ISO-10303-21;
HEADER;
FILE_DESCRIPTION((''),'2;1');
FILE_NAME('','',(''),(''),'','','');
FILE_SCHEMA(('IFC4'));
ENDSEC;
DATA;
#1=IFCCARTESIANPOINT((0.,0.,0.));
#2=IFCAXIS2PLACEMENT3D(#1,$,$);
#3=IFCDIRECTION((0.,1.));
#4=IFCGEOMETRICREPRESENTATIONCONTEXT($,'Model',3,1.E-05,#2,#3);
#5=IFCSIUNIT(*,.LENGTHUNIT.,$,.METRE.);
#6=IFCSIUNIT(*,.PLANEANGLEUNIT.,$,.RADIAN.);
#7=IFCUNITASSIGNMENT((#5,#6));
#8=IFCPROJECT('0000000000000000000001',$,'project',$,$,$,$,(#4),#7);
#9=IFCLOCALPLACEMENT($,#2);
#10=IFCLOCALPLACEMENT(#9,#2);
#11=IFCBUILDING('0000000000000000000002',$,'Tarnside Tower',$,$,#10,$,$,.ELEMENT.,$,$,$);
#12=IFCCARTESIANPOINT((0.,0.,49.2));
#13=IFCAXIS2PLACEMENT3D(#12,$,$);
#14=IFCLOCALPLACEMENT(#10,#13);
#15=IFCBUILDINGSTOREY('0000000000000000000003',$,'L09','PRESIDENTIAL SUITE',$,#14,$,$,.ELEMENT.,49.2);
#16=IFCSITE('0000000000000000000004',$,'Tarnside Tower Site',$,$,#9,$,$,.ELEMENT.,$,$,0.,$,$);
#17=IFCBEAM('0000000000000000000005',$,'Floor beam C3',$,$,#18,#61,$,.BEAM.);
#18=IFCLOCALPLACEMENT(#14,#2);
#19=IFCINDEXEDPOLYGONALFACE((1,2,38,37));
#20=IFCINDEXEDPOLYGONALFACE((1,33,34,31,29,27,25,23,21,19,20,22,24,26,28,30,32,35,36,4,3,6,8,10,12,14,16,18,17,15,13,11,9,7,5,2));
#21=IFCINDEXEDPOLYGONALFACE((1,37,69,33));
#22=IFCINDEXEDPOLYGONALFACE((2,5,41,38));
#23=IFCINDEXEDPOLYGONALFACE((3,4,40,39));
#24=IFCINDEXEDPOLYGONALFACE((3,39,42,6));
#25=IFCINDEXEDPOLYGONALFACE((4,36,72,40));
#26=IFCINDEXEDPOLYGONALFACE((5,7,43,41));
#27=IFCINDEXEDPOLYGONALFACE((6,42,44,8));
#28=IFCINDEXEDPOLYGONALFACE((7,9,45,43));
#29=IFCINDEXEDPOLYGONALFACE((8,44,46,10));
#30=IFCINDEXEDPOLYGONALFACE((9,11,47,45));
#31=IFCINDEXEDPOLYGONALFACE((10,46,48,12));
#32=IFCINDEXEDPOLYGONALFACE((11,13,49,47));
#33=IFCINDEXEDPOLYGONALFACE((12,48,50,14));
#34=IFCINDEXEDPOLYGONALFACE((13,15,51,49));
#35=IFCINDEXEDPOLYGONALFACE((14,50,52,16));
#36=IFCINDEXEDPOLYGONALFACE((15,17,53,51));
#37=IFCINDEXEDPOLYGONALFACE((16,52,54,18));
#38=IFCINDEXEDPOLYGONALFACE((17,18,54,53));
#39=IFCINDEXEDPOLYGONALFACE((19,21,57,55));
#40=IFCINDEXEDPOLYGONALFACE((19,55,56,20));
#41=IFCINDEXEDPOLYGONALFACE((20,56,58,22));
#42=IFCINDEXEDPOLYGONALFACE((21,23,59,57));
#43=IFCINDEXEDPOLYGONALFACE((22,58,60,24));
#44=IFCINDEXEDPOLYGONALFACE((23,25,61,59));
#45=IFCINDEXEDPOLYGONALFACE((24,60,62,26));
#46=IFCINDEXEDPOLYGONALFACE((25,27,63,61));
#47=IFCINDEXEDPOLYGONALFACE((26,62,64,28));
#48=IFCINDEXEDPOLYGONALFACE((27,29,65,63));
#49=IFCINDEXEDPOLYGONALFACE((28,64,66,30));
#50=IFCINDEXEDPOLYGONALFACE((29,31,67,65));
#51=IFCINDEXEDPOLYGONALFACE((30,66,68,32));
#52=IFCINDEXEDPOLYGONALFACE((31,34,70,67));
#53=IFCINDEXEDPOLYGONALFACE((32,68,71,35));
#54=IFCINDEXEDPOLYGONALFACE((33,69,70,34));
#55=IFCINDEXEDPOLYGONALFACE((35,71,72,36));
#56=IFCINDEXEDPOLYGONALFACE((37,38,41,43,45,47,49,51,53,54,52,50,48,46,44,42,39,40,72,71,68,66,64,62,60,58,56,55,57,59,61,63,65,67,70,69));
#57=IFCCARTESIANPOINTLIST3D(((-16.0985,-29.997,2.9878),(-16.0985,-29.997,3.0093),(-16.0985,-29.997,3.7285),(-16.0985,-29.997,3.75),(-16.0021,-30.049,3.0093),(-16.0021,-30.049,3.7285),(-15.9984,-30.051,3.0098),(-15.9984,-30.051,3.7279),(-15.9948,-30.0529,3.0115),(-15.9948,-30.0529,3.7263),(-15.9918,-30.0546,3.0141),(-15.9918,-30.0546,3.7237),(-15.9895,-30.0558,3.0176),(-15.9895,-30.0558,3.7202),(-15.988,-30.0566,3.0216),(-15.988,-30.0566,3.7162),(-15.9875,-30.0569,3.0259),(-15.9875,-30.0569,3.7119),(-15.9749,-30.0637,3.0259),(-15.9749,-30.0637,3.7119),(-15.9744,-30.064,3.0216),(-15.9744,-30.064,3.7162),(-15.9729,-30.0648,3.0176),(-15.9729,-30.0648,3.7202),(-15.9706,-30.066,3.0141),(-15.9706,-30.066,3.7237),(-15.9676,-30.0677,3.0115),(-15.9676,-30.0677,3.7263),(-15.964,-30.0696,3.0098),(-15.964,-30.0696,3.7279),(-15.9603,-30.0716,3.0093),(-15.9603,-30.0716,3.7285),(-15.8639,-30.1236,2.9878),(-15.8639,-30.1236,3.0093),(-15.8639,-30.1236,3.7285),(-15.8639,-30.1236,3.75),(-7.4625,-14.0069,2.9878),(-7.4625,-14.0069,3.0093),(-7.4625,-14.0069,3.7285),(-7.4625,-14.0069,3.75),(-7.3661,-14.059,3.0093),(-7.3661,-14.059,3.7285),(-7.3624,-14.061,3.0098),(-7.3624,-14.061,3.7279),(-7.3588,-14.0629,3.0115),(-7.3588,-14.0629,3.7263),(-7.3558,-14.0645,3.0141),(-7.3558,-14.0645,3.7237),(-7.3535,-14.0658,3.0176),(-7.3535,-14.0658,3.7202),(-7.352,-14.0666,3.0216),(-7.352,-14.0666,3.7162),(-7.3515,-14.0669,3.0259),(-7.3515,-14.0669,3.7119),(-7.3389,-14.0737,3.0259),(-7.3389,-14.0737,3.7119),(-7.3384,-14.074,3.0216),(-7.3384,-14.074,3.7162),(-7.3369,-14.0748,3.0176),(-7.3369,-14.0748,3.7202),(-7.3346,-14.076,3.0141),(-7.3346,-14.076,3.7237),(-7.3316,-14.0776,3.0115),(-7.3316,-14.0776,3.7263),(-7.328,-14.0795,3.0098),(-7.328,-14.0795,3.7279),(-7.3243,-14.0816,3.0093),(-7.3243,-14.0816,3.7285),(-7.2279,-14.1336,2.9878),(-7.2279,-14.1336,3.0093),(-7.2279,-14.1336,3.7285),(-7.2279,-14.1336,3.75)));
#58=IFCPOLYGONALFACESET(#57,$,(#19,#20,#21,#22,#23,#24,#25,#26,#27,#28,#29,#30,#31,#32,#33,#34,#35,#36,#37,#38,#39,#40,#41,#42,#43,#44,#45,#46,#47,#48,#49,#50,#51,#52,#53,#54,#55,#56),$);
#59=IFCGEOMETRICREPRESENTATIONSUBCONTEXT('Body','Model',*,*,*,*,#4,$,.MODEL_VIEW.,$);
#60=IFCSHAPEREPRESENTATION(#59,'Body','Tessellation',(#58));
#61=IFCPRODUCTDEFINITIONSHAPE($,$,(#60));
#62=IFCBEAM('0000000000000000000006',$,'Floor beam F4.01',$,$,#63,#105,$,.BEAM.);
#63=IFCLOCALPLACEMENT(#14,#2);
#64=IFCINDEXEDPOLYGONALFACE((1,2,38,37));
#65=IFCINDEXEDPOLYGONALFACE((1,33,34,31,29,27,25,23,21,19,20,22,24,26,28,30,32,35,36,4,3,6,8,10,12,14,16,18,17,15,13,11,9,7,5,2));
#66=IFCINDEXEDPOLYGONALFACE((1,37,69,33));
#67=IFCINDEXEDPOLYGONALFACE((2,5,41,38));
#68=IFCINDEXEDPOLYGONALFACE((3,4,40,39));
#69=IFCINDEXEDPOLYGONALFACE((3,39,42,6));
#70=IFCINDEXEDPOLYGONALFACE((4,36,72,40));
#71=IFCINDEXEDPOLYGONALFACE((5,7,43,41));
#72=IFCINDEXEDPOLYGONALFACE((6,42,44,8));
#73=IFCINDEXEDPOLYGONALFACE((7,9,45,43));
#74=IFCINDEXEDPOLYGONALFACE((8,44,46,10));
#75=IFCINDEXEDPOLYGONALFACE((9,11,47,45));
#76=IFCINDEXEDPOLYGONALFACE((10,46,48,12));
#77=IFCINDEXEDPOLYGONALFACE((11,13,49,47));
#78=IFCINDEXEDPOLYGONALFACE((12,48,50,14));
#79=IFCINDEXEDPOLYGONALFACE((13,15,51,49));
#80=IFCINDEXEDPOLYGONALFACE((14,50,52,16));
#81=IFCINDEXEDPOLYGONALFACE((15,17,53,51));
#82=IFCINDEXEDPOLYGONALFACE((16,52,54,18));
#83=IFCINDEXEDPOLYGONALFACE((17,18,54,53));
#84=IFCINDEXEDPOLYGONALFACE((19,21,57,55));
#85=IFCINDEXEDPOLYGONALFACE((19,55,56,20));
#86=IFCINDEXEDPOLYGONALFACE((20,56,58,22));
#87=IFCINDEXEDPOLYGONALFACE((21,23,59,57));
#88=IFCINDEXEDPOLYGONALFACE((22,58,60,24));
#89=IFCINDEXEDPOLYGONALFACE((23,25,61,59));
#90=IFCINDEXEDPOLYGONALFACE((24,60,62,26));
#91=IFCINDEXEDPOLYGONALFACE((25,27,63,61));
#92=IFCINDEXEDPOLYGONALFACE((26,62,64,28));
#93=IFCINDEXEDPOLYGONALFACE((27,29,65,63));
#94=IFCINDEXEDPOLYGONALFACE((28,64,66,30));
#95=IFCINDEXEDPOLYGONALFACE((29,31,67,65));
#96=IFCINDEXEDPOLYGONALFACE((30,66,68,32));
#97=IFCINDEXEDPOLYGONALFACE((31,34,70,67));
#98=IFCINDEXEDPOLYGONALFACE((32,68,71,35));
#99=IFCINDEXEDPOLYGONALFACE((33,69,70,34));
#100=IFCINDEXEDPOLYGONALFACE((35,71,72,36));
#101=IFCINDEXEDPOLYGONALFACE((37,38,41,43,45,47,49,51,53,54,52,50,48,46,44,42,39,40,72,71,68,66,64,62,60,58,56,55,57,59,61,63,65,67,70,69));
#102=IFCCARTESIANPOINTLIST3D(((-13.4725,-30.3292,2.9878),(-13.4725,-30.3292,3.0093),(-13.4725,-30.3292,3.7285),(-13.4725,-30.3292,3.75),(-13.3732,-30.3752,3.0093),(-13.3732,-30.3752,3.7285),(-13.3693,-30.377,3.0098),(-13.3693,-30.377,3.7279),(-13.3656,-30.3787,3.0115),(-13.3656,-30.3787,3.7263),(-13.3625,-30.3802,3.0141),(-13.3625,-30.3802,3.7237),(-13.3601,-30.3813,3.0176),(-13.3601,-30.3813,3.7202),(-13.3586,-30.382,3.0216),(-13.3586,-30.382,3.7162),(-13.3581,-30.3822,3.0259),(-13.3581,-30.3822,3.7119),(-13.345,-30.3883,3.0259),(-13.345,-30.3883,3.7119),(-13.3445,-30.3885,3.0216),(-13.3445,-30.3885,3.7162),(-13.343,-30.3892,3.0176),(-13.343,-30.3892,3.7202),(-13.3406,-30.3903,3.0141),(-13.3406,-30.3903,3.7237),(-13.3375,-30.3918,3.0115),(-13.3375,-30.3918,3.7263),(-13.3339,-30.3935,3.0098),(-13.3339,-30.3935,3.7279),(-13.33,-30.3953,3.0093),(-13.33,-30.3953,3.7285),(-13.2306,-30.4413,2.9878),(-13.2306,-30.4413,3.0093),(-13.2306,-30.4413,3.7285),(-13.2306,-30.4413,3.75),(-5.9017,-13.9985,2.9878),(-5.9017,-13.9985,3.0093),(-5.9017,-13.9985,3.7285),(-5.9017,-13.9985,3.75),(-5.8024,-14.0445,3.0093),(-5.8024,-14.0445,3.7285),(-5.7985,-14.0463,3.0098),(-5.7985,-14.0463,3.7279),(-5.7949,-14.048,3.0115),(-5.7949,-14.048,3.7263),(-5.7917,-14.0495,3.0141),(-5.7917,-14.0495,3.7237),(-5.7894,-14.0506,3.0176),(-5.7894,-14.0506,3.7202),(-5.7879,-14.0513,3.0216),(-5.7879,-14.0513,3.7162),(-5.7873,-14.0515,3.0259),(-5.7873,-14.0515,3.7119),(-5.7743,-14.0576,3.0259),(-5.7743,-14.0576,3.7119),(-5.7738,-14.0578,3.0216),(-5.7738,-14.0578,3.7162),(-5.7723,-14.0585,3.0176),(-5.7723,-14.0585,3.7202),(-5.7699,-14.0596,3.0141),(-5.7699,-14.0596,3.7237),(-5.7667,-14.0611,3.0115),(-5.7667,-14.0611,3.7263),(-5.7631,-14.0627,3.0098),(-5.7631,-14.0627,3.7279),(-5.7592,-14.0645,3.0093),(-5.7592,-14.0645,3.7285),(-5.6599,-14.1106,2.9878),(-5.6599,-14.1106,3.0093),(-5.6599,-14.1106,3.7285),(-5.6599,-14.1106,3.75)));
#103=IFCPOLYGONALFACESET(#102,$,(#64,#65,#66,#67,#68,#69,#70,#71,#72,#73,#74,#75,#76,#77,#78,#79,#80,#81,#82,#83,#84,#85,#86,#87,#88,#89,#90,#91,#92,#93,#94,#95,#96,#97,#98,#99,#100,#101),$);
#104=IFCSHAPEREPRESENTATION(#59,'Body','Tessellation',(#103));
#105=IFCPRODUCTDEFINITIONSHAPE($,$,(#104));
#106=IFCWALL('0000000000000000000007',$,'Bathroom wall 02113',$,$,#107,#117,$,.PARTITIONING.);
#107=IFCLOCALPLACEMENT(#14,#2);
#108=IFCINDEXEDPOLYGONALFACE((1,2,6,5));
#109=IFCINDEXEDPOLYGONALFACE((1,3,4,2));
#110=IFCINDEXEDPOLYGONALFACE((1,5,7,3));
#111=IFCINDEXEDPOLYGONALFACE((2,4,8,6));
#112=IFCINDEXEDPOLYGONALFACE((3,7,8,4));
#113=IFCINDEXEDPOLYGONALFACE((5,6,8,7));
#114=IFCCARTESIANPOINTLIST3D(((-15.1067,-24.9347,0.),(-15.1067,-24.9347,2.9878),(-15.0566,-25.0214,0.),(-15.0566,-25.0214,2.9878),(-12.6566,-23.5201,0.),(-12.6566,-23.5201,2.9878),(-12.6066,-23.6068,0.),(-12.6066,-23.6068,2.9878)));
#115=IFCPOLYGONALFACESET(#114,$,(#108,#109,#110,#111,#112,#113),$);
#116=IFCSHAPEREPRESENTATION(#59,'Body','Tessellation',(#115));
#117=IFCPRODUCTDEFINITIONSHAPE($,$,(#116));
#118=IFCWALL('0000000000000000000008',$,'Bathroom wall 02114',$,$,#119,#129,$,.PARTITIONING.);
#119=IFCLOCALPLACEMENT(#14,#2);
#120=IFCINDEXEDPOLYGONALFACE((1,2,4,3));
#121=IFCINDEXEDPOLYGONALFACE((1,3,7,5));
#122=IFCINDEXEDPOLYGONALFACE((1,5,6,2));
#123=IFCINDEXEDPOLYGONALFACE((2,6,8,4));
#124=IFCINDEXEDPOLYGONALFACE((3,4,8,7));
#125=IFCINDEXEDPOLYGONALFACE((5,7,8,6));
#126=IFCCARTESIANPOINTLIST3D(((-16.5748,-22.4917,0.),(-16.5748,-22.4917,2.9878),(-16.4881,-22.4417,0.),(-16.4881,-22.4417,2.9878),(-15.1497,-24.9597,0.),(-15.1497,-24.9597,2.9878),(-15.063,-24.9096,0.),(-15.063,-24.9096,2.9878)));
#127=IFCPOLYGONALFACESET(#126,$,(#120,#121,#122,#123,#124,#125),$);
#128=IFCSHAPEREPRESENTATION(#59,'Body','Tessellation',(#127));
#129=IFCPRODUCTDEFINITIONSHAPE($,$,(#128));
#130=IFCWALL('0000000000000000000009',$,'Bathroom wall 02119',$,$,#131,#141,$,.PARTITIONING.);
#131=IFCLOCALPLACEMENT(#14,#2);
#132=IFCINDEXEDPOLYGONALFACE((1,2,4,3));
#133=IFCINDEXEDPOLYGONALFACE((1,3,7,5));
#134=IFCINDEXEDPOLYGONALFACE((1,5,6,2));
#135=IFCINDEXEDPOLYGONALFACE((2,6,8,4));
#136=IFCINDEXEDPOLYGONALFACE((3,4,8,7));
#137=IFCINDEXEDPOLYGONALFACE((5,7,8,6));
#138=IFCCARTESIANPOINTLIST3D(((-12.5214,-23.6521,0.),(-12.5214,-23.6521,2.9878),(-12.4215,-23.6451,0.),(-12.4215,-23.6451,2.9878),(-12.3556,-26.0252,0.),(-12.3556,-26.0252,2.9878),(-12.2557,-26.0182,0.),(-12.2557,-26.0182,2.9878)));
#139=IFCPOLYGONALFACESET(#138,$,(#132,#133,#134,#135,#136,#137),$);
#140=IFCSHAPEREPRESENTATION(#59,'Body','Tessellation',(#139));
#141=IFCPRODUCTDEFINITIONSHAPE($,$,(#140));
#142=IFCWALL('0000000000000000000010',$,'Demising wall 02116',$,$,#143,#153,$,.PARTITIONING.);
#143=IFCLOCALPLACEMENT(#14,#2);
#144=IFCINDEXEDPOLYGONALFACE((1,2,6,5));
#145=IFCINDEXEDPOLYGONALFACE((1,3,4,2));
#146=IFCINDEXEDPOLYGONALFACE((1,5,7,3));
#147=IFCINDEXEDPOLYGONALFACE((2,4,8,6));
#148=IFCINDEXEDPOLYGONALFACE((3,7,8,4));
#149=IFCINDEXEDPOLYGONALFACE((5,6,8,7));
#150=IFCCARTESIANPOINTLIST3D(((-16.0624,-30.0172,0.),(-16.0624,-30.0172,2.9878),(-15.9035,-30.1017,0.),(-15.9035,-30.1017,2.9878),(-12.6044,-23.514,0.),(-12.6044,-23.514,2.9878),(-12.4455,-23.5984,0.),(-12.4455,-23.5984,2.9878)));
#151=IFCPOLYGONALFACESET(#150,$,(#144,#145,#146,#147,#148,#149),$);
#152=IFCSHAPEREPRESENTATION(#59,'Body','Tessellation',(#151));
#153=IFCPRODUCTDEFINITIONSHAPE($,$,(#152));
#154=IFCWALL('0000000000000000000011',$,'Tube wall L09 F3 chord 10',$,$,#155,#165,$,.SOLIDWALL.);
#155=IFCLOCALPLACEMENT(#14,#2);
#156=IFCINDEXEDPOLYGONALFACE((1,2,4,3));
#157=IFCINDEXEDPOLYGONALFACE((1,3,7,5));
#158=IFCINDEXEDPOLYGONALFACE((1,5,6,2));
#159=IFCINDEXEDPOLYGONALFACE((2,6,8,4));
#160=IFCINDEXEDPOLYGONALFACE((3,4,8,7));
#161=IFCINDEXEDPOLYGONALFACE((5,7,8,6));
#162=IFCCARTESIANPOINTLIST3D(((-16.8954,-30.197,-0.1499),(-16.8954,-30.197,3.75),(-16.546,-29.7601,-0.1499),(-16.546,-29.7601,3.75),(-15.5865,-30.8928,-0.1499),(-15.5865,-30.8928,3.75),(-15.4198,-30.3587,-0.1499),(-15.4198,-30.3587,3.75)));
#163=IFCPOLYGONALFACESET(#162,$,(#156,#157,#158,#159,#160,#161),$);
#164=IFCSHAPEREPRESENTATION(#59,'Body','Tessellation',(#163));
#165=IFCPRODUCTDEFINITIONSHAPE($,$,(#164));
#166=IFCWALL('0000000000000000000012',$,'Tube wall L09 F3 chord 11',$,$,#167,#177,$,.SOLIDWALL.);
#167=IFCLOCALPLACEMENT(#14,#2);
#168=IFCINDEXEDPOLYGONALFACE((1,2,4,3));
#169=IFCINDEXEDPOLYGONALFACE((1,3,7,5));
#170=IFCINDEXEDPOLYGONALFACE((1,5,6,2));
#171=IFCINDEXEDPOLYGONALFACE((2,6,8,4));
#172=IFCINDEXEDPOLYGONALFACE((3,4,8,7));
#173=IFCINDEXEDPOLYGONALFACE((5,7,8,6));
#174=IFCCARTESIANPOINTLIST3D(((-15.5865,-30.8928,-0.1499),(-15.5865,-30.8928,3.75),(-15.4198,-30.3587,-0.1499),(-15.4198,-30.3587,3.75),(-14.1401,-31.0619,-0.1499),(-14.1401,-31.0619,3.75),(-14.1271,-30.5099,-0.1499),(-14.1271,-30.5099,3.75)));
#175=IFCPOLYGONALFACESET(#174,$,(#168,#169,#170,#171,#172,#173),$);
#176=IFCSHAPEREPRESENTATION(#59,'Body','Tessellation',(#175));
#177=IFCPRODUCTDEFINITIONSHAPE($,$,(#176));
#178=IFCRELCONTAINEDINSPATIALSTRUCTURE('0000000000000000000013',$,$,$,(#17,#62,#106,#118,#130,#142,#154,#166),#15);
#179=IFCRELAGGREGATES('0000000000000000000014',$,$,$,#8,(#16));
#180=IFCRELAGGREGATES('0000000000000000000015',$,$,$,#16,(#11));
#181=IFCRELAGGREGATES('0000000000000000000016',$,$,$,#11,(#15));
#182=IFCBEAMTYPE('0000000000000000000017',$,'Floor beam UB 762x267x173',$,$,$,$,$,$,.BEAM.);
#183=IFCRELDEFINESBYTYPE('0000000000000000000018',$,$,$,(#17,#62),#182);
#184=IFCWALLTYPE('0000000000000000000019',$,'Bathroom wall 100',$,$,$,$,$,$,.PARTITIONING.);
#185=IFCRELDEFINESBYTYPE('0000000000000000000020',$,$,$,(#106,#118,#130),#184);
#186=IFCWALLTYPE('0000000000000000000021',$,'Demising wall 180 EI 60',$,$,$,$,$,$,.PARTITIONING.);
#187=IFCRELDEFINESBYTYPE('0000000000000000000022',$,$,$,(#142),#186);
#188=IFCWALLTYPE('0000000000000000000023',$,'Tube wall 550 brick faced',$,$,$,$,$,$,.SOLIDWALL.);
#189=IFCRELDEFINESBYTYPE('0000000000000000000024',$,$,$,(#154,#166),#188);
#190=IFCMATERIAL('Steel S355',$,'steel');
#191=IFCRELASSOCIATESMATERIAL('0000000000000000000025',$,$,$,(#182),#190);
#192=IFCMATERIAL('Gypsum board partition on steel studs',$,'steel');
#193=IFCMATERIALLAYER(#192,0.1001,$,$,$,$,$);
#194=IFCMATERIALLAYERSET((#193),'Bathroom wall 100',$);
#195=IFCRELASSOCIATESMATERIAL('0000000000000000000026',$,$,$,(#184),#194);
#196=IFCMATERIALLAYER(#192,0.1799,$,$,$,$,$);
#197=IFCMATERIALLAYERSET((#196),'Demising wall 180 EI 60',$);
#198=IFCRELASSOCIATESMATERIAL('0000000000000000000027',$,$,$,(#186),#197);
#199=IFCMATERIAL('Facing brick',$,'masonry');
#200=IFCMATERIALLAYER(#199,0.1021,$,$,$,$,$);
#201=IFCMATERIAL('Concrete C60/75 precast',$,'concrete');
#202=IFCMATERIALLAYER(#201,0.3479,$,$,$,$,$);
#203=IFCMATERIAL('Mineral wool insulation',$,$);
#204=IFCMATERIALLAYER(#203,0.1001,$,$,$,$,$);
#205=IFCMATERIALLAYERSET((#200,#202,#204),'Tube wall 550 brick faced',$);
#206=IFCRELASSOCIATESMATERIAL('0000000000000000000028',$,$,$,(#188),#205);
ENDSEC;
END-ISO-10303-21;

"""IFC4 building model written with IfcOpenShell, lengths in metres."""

from ifc_helpers import new_model, si_unit, direction, frame, frame_2d, origin, origin_2d, place, context, subcontext, project, spatial, polyline, rectangle, i_section, outline, extrude, material, layer, layer_set, material_profile, profile_set, type_object, element, save


model = new_model("IFC4")

# Units and contexts
model_context = context("Model", 3, precision=1e-05, world=origin(), true_north=direction((0.0, 1.0)))
body_context = subcontext(model_context, "Body", "Model", "MODEL_VIEW")
ifc_project = project(units=[si_unit("LENGTHUNIT", "METRE"), si_unit("PLANEANGLEUNIT", "RADIAN")], contexts=[model_context])

# Site, building, storey
site_placement = place(None, origin())
site = spatial("IfcSite", under=ifc_project, at=site_placement, Name="Tarnside Tower Site", CompositionType="ELEMENT", RefElevation=0.0)
building_placement = place(site_placement, origin())
building = spatial("IfcBuilding", under=site, at=building_placement, Name="Tarnside Tower", CompositionType="ELEMENT")
storey_placement = place(building_placement, frame((0.0, 0.0, 49.2)))
storey = spatial("IfcBuildingStorey", under=building, at=storey_placement, Name="L09", Description="PRESIDENTIAL SUITE", CompositionType="ELEMENT", Elevation=49.2)

# Beams
ifc_material_1 = material(Name="Steel S355", Category="steel")
ifc_material_profile = material_profile(ifc_material_1, i_section(OverallWidth=0.2666, OverallDepth=0.7622, WebThickness=0.0144, FlangeThickness=0.0215, FilletRadius=0.0166, at=origin_2d()), Name="UB 762x267x173")
ifc_profile_set = profile_set([ifc_material_profile], Name="Steel S355")
beam_type = type_object("IfcBeamType", Name="Floor beam UB 762x267x173", PredefinedType="BEAM", material=ifc_profile_set)
beam_1_placement = place(storey_placement, frame((-15.9812, -30.0603, 3.3689), z_axis=(0.475208, 0.879873, 0.0), x_axis=(-0.879873, 0.475208, 0.0)))
element("IfcBeam", 1, at=beam_1_placement, inside=storey, type_object=beam_type, Name="Floor beam C3", PredefinedType="BEAM", context=body_context, shape_type="SweptSolid", body=[
    extrude(i_section(OverallWidth=0.2666, OverallDepth=0.7622, WebThickness=0.0144, FlangeThickness=0.0215, FilletRadius=0.0166, at=origin_2d()), origin(), (0.0, 0.0, 1.0), 18.1731),
])
beam_2_placement = place(storey_placement, frame((-13.3516, -30.3853, 3.3689), z_axis=(0.420592, 0.90725, 0.0), x_axis=(-0.90725, 0.420592, 0.0)))
element("IfcBeam", 2, at=beam_2_placement, inside=storey, type_object=beam_type, Name="Floor beam F4.01", PredefinedType="BEAM", context=body_context, shape_type="SweptSolid", body=[
    extrude(i_section(OverallWidth=0.2666, OverallDepth=0.7622, WebThickness=0.0144, FlangeThickness=0.0215, FilletRadius=0.0166, at=origin_2d()), origin(), (0.0, 0.0, 1.0), 18.0002),
])

# Walls
ifc_material_2 = material(Name="Gypsum board partition on steel studs", Category="steel")
ifc_layer_1 = layer(ifc_material_2, 0.1001)
ifc_layer_set_1 = layer_set([ifc_layer_1], Name="Bathroom wall 100")
wall_type_1 = type_object("IfcWallType", Name="Bathroom wall 100", PredefinedType="PARTITIONING", material=ifc_layer_set_1)
wall_1_placement = place(storey_placement, frame((-12.6316, -23.5635, 0.0), z_axis=(0.0, 0.0, 1.0), x_axis=(-0.866015, -0.500019, 0.0)))
element("IfcWall", 3, at=wall_1_placement, inside=storey, type_object=wall_type_1, Name="Bathroom wall 02113", PredefinedType="PARTITIONING", context=body_context, shape_type="SweptSolid", body=[
    extrude(rectangle(XDim=2.8291, YDim=0.1001, at=frame_2d((1.4146, 0.0))), origin(), (0.0, 0.0, 1.0), 2.9878),
])
wall_2_placement = place(storey_placement, frame((-15.1064, -24.9346, 0.0), z_axis=(0.0, 0.0, 1.0), x_axis=(-0.500036, 0.866004, 0.0)))
element("IfcWall", 4, at=wall_2_placement, inside=storey, type_object=wall_type_1, Name="Bathroom wall 02114", PredefinedType="PARTITIONING", context=body_context, shape_type="SweptSolid", body=[
    extrude(rectangle(XDim=2.8499, YDim=0.1001, at=frame_2d((1.4248, 0.0))), origin(), (0.0, 0.0, 1.0), 2.9878),
])
wall_3_placement = place(storey_placement, frame((-12.3057, -26.0217, 0.0), z_axis=(0.0, 0.0, 1.0), x_axis=(-0.069686, 0.997569, 0.0)))
element("IfcWall", 5, at=wall_3_placement, inside=storey, type_object=wall_type_1, Name="Bathroom wall 02119", PredefinedType="PARTITIONING", context=body_context, shape_type="SweptSolid", body=[
    extrude(rectangle(XDim=2.3789, YDim=0.1001, at=frame_2d((1.1895, 0.0))), origin(), (0.0, 0.0, 1.0), 2.9878),
])
ifc_layer_2 = layer(ifc_material_2, 0.1799)
ifc_layer_set_2 = layer_set([ifc_layer_2], Name="Demising wall 180 EI 60")
wall_type_2 = type_object("IfcWallType", Name="Demising wall 180 EI 60", PredefinedType="PARTITIONING", material=ifc_layer_set_2)
wall_4_placement = place(storey_placement, frame((-15.9829, -30.0593, 0.0), z_axis=(0.0, 0.0, 1.0), x_axis=(0.469494, 0.882936, 0.0)))
element("IfcWall", 6, at=wall_4_placement, inside=storey, type_object=wall_type_2, Name="Demising wall 02116", PredefinedType="PARTITIONING", context=body_context, shape_type="SweptSolid", body=[
    extrude(rectangle(XDim=7.3655, YDim=0.1799, at=frame_2d((3.6826, 0.0))), origin(), (0.0, 0.0, 1.0), 2.9878),
])
ifc_material_3 = material(Name="Facing brick", Category="masonry")
ifc_layer_3 = layer(ifc_material_3, 0.1021)
ifc_material_4 = material(Name="Concrete C60/75 precast", Category="concrete")
ifc_layer_4 = layer(ifc_material_4, 0.3479)
ifc_material_5 = material(Name="Mineral wool insulation")
ifc_layer_5 = layer(ifc_material_5, 0.1001)
ifc_layer_set_3 = layer_set([ifc_layer_3, ifc_layer_4, ifc_layer_5], Name="Tube wall 550 brick faced")
wall_type_3 = type_object("IfcWallType", Name="Tube wall 550 brick faced", PredefinedType="SOLIDWALL", material=ifc_layer_set_3)
wall_5_placement = place(storey_placement, frame((-16.7207, -29.9785, -0.1499), z_axis=(0.0, 0.0, 1.0), x_axis=(0.882994, -0.469384, 0.0)))
element("IfcWall", 7, at=wall_5_placement, inside=storey, type_object=wall_type_3, Name="Tube wall L09 F3 chord 10", PredefinedType="SOLIDWALL", context=body_context, shape_type="SweptSolid", body=[
    extrude(outline(polyline([(-0.0518, -0.2749), (1.4307, -0.2749), (1.3271, 0.2749), (0.0518, 0.2749), (-0.0518, -0.2749)])), origin(), (0.0, 0.0, 1.0), 3.8999),
])
wall_6_placement = place(storey_placement, frame((-15.5032, -30.6257, -0.1499), z_axis=(0.0, 0.0, 1.0), x_axis=(0.993233, -0.116143, 0.0)))
element("IfcWall", 8, at=wall_6_placement, inside=storey, type_object=wall_type_3, Name="Tube wall L09 F3 chord 11", PredefinedType="SOLIDWALL", context=body_context, shape_type="SweptSolid", body=[
    extrude(outline(polyline([(-0.0518, -0.2749), (1.4045, -0.2749), (1.3533, 0.2749), (0.0518, 0.2749), (-0.0518, -0.2749)])), origin(), (0.0, 0.0, 1.0), 3.8999),
])

save(model, "model.ifc")
